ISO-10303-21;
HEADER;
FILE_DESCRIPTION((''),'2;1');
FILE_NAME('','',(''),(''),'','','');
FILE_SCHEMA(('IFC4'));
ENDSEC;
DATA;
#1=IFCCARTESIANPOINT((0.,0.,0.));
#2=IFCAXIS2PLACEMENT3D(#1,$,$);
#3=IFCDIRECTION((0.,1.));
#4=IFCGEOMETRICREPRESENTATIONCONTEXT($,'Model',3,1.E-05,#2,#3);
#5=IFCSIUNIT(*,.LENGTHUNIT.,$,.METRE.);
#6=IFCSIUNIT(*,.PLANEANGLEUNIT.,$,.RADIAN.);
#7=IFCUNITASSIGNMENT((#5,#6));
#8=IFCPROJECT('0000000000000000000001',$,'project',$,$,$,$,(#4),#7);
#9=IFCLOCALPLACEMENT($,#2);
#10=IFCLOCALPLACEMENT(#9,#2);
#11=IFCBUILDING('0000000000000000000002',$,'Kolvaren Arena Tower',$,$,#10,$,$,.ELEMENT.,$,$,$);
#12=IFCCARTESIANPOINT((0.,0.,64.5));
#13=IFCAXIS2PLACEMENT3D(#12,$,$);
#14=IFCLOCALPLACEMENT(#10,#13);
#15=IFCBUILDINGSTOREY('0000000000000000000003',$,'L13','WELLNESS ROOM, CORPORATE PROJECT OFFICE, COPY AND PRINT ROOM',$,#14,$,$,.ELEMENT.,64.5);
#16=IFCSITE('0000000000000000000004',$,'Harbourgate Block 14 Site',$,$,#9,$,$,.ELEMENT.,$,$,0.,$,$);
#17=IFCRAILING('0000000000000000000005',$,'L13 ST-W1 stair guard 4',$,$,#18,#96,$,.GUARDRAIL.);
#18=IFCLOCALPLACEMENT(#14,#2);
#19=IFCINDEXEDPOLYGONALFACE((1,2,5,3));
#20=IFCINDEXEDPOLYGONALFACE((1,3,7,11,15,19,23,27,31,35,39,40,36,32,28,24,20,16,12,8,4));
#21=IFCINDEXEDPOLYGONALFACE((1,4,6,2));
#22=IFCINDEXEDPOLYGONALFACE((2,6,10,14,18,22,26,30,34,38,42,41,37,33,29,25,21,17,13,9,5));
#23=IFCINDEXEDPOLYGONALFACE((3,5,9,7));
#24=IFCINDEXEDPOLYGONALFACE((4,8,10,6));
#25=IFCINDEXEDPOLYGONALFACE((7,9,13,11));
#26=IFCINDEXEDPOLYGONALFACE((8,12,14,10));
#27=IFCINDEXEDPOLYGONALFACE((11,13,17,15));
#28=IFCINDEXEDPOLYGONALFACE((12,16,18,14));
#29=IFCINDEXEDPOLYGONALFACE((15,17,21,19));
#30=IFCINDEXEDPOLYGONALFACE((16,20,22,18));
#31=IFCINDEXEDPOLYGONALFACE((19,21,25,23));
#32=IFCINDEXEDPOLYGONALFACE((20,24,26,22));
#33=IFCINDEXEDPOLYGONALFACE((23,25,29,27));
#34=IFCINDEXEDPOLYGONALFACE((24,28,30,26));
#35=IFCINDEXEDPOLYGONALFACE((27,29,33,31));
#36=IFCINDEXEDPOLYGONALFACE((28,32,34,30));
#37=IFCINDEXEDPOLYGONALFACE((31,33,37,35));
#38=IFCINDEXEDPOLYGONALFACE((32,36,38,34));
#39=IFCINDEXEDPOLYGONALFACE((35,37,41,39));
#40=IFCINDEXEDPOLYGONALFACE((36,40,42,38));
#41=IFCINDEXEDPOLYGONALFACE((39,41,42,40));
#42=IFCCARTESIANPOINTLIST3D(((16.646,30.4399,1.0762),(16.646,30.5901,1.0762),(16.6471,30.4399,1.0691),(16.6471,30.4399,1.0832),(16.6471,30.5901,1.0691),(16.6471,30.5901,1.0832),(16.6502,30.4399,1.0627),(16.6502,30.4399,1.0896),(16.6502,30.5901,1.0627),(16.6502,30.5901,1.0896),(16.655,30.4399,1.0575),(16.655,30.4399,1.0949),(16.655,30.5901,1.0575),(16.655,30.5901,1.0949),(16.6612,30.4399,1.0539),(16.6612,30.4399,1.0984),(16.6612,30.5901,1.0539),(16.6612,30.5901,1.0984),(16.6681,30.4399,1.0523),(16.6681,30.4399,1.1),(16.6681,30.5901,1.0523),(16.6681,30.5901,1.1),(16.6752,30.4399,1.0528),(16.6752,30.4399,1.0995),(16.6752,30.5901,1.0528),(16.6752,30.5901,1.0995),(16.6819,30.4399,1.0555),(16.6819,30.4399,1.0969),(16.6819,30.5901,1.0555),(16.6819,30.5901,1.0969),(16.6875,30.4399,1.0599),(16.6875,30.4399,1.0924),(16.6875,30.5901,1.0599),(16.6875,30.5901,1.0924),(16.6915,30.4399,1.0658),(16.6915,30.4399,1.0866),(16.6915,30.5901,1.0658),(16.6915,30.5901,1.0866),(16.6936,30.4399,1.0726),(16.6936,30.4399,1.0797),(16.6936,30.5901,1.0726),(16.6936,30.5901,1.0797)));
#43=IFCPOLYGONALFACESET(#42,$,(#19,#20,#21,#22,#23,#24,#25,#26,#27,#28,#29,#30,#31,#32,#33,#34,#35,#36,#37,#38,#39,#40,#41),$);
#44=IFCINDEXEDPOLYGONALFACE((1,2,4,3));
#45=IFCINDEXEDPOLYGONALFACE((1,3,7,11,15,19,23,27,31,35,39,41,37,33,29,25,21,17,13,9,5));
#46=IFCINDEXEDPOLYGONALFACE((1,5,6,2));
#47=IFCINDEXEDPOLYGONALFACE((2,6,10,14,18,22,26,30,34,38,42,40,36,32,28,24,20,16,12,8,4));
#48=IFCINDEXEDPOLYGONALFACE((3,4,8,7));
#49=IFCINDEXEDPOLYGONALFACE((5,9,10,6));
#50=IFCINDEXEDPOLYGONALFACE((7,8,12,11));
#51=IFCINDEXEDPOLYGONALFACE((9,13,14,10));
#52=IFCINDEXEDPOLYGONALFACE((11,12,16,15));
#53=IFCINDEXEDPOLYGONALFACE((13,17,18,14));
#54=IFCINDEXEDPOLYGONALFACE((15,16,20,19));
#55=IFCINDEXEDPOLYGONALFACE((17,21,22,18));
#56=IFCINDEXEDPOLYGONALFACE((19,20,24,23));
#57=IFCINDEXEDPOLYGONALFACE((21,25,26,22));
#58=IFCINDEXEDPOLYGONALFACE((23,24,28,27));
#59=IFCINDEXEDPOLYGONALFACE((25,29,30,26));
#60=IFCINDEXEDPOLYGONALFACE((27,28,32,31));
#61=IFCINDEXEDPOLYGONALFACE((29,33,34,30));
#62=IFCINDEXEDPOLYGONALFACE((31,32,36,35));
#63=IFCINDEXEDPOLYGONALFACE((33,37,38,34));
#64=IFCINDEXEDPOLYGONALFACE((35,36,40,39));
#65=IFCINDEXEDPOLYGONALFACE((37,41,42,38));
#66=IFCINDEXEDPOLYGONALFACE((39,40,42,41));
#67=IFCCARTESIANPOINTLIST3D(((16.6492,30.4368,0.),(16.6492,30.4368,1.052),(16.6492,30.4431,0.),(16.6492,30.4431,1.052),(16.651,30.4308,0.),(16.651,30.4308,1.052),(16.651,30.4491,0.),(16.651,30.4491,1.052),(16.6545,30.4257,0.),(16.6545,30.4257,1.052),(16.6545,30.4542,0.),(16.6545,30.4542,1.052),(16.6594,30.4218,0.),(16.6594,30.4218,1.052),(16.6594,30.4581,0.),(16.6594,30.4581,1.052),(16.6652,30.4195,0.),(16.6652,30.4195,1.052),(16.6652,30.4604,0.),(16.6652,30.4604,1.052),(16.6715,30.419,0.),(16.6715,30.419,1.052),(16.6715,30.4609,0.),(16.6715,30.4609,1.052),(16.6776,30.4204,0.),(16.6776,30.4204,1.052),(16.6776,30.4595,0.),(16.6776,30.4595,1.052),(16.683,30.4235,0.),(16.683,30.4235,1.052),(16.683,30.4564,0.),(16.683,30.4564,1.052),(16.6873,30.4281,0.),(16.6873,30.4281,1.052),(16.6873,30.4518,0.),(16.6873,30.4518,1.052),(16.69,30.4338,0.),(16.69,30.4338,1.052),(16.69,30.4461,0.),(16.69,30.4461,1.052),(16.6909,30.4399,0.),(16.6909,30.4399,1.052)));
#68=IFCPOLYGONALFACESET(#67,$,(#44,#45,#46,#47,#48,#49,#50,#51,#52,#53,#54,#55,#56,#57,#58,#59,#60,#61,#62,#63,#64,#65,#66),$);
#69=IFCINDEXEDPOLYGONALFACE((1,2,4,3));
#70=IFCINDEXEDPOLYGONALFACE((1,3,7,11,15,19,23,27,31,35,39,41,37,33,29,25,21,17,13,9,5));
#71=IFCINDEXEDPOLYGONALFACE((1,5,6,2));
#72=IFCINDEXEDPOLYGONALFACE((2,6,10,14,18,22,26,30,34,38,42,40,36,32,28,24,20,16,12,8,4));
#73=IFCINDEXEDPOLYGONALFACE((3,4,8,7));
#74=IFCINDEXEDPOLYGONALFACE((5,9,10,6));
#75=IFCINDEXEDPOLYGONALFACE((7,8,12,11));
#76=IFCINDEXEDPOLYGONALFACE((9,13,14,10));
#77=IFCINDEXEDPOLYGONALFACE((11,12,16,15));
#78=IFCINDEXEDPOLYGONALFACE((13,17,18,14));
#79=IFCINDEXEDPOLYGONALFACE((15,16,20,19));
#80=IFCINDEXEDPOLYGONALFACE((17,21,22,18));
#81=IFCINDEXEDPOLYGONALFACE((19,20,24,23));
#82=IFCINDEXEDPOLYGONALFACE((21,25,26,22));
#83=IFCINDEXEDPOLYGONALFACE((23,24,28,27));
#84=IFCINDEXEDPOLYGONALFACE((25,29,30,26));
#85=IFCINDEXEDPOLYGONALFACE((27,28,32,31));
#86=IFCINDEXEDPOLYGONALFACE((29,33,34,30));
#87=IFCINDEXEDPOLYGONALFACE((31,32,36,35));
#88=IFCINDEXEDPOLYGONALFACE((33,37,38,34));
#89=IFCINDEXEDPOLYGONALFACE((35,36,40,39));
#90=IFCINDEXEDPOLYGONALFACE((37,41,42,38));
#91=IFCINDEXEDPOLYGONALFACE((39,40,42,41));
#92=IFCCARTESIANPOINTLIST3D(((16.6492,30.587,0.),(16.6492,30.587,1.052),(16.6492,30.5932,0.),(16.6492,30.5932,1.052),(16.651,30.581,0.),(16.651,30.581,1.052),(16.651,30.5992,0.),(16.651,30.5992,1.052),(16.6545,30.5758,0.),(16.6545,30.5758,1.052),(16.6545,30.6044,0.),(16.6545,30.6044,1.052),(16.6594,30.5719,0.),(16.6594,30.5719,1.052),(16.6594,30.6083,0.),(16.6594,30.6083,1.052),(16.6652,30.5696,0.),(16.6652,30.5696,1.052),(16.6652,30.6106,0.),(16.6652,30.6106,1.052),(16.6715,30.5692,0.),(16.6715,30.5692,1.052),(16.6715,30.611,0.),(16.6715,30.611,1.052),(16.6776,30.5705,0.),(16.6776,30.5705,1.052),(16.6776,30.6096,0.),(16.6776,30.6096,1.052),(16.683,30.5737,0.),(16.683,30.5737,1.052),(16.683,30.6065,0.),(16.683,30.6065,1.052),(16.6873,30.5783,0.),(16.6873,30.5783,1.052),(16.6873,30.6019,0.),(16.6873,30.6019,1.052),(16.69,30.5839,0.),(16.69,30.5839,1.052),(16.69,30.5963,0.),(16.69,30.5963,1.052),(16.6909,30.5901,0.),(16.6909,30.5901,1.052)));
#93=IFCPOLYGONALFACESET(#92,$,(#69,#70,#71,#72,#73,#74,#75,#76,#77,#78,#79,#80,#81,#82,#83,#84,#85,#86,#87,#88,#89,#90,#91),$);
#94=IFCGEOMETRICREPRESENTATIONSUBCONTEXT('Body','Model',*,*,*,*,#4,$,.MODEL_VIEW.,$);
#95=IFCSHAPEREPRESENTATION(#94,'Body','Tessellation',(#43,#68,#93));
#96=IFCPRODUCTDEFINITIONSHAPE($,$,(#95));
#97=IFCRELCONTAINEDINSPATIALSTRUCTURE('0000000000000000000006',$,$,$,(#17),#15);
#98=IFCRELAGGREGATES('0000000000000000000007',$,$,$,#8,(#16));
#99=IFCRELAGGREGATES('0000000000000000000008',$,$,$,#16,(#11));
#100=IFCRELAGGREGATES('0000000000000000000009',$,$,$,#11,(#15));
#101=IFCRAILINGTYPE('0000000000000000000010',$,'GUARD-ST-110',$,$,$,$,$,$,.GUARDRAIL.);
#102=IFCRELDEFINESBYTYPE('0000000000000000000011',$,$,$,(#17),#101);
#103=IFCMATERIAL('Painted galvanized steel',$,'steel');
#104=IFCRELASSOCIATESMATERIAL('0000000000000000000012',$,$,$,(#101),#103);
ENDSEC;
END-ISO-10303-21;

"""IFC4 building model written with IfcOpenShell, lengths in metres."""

from ifc_helpers import new_model, si_unit, direction, frame, origin, origin_2d, place, context, subcontext, project, spatial, circle, extrude, material, type_object, element, save


model = new_model("IFC4")

# Units and contexts
model_context = context("Model", 3, precision=1e-05, world=origin(), true_north=direction((0.0, 1.0)))
body_context = subcontext(model_context, "Body", "Model", "MODEL_VIEW")
ifc_project = project(units=[si_unit("LENGTHUNIT", "METRE"), si_unit("PLANEANGLEUNIT", "RADIAN")], contexts=[model_context])

# Site, building, storey
site_placement = place(None, origin())
site = spatial("IfcSite", under=ifc_project, at=site_placement, Name="Harbourgate Block 14 Site", CompositionType="ELEMENT", RefElevation=0.0)
building_placement = place(site_placement, origin())
building = spatial("IfcBuilding", under=site, at=building_placement, Name="Kolvaren Arena Tower", CompositionType="ELEMENT")
storey_placement = place(building_placement, frame((0.0, 0.0, 64.5)))
storey = spatial("IfcBuildingStorey", under=building, at=storey_placement, Name="L13", Description="WELLNESS ROOM, CORPORATE PROJECT OFFICE, COPY AND PRINT ROOM", CompositionType="ELEMENT", Elevation=64.5)

# Railing
ifc_material_1 = material(Name="Painted galvanized steel", Category="steel")
railing_type_1 = type_object("IfcRailingType", Name="GUARD-ST-110", PredefinedType="GUARDRAIL", material=ifc_material_1)
railing_1_placement = place(storey_placement, frame((16.6699, 30.4399, 0.0)))
element("IfcRailing", 1, at=railing_1_placement, inside=storey, type_object=railing_type_1, Name="L13 ST-W1 stair guard 4", PredefinedType="GUARDRAIL", context=body_context, shape_type="SweptSolid", body=[
    extrude(circle(Radius=0.0239, at=origin_2d()), frame((0.0, 0.0, 1.0762), z_axis=(0.0, 1.0, 0.0), x_axis=(-1.0, 0.0, 0.0)), (0.0, 0.0, 1.0), 0.1501),
    extrude(circle(Radius=0.021, at=origin_2d()), origin(), (0.0, 0.0, 1.0), 1.052),
    extrude(circle(Radius=0.021, at=origin_2d()), frame((0.0, 0.1501, 0.0)), (0.0, 0.0, 1.0), 1.052),
])

save(model, "model.ifc")
